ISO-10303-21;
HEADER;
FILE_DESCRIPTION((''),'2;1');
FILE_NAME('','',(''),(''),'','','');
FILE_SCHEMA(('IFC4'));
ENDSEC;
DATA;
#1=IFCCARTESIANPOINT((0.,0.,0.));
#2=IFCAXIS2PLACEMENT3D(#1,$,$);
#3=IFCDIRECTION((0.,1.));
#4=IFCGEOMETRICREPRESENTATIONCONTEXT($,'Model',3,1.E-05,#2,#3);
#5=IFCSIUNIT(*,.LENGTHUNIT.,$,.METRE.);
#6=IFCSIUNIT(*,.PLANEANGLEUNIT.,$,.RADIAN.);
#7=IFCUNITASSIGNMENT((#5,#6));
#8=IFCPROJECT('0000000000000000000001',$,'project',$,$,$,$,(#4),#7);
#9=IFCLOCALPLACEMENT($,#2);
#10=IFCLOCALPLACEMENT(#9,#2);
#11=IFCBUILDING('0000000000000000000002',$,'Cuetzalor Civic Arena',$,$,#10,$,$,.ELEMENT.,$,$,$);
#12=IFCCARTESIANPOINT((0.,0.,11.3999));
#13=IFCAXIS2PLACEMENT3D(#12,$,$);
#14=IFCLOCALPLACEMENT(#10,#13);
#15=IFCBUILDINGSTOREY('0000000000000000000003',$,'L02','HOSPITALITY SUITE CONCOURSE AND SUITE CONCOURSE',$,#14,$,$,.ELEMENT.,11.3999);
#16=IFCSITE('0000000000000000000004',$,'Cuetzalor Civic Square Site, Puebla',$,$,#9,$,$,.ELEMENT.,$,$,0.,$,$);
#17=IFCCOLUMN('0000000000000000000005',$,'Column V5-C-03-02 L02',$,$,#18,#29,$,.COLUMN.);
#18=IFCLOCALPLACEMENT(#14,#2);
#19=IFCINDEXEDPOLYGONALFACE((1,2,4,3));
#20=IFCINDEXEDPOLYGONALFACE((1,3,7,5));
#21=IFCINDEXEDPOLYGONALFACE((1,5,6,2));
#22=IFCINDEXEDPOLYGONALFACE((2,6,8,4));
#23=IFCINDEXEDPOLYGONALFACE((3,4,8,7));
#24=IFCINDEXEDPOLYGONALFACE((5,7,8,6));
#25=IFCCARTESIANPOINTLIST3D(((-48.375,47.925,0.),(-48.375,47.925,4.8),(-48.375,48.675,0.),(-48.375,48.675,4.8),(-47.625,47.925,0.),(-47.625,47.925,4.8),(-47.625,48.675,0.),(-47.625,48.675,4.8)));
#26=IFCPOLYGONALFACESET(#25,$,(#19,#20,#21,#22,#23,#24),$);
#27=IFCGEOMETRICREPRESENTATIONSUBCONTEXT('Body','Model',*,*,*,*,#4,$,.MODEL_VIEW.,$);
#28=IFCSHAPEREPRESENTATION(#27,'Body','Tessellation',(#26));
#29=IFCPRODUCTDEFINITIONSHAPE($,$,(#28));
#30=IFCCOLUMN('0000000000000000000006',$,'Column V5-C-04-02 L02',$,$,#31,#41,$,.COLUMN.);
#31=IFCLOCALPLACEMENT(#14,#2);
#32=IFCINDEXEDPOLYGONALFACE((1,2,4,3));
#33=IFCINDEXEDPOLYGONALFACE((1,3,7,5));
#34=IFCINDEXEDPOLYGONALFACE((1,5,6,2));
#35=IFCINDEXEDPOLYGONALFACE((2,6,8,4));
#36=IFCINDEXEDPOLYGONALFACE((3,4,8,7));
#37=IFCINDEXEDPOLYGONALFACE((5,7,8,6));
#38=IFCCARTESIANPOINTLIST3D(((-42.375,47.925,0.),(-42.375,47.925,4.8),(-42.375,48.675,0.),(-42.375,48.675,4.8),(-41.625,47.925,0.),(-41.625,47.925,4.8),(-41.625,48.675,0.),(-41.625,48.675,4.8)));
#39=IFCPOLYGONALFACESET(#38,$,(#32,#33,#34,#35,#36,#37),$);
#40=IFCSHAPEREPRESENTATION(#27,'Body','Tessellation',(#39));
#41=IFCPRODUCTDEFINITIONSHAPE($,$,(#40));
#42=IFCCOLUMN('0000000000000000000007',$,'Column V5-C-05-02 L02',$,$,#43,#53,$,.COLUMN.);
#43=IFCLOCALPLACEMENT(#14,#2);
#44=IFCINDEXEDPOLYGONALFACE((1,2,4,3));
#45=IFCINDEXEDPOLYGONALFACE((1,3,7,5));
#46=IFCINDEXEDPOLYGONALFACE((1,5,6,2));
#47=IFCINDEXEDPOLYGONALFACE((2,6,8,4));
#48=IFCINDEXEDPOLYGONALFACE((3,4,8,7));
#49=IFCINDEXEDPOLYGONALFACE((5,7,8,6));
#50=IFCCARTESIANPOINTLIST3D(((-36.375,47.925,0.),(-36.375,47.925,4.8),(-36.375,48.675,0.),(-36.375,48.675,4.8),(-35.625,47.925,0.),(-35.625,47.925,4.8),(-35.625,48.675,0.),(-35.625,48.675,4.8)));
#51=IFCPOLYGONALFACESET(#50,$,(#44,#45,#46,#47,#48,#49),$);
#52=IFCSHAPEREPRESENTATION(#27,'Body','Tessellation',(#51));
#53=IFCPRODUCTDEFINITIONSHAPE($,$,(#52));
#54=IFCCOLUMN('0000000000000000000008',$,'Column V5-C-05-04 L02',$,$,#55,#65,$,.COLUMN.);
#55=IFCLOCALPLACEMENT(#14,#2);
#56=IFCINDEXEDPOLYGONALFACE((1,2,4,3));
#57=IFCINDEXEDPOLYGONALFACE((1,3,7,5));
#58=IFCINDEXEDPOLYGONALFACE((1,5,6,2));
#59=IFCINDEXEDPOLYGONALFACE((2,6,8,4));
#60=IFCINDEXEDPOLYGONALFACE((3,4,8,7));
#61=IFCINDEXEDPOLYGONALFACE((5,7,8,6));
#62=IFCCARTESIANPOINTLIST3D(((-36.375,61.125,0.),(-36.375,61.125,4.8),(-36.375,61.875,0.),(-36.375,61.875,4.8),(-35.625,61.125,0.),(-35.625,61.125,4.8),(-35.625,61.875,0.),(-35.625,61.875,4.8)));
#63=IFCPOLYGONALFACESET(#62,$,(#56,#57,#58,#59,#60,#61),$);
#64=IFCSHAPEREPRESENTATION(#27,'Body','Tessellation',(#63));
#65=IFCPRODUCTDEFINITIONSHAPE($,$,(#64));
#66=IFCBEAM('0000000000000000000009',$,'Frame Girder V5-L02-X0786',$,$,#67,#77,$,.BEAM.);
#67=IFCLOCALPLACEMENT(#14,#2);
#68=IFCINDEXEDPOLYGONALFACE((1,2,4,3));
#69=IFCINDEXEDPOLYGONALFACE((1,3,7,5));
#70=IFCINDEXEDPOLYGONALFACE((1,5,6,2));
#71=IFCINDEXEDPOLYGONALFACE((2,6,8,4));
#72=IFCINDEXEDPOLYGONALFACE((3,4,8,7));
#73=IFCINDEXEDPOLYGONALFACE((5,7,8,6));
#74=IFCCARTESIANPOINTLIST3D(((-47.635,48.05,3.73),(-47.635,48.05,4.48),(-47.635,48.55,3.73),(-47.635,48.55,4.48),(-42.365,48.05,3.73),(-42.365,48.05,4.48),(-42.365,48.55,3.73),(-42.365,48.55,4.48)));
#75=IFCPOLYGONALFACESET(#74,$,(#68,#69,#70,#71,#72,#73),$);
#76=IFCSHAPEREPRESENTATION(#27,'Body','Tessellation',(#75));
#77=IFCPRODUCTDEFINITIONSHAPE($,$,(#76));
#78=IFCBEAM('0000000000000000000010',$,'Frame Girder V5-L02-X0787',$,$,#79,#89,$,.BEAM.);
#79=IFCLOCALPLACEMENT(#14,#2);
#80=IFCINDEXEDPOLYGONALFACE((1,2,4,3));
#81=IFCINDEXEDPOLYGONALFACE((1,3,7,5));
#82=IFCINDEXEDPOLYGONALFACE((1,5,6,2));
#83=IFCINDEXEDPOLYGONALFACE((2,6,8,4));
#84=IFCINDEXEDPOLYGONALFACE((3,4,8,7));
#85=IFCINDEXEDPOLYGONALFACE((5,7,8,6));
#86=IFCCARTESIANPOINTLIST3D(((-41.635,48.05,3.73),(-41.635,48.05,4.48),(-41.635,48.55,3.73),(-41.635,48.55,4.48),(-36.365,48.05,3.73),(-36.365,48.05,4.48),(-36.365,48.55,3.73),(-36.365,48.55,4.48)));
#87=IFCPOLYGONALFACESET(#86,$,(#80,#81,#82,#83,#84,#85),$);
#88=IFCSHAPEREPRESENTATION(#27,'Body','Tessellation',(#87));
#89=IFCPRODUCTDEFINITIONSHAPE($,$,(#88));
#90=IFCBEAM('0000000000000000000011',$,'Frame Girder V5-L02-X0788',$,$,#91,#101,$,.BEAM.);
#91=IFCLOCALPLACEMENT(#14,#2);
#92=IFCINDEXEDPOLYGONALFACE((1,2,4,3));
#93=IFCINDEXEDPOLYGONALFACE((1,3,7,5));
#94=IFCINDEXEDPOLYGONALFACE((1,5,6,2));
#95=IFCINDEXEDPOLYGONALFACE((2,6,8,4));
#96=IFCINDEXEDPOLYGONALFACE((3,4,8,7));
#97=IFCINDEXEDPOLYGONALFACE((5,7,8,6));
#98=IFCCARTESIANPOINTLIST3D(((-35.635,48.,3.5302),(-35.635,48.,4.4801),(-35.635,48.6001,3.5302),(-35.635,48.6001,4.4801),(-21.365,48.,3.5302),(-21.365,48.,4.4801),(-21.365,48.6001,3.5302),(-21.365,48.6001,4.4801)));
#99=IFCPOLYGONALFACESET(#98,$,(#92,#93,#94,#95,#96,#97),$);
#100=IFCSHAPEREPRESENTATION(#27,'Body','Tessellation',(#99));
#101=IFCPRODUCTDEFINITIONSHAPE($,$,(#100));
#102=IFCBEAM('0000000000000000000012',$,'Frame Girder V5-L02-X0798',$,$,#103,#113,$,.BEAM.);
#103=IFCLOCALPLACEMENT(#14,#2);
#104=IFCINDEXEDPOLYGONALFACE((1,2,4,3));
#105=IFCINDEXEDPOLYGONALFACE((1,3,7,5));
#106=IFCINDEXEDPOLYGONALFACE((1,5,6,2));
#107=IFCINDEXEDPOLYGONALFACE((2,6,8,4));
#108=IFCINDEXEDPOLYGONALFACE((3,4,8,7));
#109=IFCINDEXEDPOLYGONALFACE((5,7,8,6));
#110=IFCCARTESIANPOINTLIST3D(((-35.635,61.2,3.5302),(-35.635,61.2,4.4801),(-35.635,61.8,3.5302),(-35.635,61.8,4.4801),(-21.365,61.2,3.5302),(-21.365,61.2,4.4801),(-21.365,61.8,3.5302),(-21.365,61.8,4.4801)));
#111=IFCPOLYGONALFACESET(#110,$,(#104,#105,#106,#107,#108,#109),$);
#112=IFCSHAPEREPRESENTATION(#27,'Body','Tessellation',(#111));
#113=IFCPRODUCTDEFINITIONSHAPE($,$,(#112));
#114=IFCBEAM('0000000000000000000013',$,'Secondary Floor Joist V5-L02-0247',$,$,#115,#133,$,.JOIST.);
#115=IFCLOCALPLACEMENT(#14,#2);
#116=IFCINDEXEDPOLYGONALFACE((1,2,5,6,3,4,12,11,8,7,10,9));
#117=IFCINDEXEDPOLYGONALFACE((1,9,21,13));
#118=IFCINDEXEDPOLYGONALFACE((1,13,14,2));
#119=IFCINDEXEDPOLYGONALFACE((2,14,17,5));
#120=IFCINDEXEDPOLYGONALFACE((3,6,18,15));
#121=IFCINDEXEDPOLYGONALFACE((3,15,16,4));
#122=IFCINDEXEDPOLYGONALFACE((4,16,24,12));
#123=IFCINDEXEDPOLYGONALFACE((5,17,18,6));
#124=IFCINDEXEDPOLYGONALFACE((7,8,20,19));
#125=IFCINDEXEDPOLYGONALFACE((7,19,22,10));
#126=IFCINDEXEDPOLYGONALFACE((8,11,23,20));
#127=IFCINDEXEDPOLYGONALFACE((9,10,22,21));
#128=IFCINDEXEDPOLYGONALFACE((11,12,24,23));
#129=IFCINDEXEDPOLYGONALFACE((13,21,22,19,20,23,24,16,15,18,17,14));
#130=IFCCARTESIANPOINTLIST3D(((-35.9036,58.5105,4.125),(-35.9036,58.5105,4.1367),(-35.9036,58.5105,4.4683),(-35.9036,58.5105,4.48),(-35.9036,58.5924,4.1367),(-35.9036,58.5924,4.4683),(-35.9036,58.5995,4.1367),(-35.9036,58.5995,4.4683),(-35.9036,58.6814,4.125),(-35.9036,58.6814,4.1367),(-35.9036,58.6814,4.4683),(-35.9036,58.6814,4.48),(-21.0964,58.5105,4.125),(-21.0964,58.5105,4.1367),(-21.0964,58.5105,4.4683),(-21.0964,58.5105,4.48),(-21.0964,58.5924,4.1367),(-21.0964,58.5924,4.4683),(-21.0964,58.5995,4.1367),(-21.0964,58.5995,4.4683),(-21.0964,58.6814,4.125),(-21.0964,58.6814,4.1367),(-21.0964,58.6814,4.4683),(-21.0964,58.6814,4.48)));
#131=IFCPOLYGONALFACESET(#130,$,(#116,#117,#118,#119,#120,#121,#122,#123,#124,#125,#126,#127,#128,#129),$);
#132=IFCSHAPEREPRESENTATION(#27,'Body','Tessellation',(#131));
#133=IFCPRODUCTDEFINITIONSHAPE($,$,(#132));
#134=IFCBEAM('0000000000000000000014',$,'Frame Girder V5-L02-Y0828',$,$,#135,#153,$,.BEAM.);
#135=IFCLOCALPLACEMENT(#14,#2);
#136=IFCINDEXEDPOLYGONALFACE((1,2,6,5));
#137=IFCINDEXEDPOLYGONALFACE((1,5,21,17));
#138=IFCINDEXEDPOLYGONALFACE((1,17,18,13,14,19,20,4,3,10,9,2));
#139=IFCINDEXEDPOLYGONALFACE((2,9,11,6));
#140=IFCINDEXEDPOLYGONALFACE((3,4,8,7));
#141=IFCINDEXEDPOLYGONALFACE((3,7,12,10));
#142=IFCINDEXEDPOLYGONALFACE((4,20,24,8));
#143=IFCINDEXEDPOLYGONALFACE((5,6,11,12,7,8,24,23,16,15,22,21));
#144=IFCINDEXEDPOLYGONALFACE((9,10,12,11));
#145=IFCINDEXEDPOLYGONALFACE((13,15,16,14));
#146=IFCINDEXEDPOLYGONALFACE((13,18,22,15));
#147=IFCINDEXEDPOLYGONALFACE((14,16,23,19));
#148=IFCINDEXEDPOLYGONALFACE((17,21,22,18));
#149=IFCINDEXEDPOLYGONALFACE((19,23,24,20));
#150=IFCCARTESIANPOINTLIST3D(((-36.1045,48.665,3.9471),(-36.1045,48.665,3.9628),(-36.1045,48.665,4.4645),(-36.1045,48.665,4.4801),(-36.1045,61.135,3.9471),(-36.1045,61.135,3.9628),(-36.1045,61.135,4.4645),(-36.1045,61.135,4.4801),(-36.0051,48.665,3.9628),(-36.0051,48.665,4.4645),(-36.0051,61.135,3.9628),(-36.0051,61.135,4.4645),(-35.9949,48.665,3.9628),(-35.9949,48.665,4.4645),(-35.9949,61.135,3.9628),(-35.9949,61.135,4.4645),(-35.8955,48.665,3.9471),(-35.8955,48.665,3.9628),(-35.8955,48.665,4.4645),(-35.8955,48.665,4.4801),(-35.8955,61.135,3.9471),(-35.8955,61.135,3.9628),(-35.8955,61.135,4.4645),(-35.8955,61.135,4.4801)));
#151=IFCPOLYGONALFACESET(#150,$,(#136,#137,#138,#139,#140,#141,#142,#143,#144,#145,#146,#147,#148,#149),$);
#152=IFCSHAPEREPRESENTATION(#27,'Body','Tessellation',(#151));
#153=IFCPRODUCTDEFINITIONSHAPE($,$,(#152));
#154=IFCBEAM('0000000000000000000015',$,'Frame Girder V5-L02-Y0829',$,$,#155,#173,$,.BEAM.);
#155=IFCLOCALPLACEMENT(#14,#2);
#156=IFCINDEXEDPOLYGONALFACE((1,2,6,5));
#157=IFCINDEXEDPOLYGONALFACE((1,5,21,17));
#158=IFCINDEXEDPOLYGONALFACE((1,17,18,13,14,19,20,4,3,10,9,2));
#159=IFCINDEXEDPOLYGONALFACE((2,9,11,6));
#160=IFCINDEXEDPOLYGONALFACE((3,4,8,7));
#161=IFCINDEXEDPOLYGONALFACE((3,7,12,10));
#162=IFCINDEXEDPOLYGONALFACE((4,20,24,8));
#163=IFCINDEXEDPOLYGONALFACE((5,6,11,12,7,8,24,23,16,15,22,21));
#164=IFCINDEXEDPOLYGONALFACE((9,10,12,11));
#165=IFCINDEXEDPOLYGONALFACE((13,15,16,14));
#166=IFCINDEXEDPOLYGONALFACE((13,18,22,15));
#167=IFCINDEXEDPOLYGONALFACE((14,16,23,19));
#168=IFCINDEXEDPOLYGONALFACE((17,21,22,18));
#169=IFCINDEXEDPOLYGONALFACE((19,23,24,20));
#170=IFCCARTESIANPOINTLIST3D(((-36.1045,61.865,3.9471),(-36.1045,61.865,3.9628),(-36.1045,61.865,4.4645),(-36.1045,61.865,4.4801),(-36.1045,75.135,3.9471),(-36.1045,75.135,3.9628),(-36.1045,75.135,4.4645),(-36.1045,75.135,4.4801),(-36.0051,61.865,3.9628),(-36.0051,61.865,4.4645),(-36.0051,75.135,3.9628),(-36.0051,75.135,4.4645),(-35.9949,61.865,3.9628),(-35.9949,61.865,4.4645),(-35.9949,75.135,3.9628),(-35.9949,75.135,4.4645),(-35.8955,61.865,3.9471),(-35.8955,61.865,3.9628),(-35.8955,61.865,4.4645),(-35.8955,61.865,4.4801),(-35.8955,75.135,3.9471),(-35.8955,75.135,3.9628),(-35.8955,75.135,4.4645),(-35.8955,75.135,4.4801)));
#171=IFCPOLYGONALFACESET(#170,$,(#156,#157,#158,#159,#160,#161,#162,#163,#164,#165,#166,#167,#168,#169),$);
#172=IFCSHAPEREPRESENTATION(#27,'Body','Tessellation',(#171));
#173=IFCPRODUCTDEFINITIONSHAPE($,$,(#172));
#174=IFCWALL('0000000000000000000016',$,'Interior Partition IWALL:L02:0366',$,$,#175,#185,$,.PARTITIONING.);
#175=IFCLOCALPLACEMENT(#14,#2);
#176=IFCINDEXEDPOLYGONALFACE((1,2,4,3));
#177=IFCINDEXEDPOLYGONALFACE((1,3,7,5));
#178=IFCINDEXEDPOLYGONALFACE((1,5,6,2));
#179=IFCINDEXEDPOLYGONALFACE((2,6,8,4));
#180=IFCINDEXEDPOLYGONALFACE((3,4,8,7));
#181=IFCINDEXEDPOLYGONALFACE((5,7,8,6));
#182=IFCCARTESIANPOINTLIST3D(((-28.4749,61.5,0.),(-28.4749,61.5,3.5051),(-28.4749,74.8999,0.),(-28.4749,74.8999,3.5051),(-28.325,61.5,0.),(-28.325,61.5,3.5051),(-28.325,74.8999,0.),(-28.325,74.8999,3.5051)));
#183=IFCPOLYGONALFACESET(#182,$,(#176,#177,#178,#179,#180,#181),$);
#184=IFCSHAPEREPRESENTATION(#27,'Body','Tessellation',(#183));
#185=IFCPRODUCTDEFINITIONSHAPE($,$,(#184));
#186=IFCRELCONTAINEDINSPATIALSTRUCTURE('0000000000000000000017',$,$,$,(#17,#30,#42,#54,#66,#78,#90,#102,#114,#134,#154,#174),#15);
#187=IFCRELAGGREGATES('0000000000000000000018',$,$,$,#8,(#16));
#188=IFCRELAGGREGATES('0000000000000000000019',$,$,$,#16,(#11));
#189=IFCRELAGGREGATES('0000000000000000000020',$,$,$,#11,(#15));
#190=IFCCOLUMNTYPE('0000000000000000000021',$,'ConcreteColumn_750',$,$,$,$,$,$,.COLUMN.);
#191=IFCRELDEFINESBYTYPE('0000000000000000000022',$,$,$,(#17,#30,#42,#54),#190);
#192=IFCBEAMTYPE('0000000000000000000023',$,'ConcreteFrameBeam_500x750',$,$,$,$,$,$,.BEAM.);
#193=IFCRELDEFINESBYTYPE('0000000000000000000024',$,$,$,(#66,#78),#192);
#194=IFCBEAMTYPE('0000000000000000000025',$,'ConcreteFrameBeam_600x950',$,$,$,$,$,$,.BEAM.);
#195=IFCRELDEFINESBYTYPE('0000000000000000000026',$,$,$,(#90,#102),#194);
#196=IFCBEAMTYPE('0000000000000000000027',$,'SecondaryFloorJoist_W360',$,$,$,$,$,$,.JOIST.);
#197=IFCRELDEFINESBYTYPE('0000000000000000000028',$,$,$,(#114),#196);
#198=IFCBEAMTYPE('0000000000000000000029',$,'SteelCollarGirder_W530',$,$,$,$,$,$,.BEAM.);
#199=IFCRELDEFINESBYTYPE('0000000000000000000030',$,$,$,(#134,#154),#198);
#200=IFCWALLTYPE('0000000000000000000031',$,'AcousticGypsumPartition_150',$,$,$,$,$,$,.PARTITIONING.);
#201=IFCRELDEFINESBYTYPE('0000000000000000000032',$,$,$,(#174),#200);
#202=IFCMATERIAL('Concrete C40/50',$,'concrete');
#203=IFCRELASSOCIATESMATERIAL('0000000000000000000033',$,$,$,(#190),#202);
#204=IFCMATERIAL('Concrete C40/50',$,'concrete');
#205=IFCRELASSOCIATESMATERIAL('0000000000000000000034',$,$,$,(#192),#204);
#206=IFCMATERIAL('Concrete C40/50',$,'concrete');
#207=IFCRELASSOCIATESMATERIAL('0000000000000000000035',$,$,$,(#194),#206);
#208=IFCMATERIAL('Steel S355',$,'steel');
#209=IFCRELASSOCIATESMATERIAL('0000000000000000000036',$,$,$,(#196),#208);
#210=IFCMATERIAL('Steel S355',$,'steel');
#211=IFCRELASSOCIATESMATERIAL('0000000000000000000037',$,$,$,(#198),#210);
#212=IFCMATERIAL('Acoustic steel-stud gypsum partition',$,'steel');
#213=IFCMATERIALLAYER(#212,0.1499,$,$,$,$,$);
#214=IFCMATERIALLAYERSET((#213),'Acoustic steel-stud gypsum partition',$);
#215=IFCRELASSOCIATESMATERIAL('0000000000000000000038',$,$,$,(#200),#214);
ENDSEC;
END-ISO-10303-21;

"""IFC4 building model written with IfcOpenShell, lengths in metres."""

from ifc_helpers import new_model, si_unit, direction, frame, frame_2d, origin, origin_2d, place, context, subcontext, project, spatial, rectangle, i_section, extrude, material, layer, layer_set, material_profile, profile_set, type_object, element, save


model = new_model("IFC4")

# Units and contexts
model_context = context("Model", 3, precision=1e-05, world=origin(), true_north=direction((0.0, 1.0)))
body_context = subcontext(model_context, "Body", "Model", "MODEL_VIEW")
ifc_project = project(units=[si_unit("LENGTHUNIT", "METRE"), si_unit("PLANEANGLEUNIT", "RADIAN")], contexts=[model_context])

# Site, building, storey
site_placement = place(None, origin())
site = spatial("IfcSite", under=ifc_project, at=site_placement, Name="Cuetzalor Civic Square Site, Puebla", CompositionType="ELEMENT", RefElevation=0.0)
building_placement = place(site_placement, origin())
building = spatial("IfcBuilding", under=site, at=building_placement, Name="Cuetzalor Civic Arena", CompositionType="ELEMENT")
storey_placement = place(building_placement, frame((0.0, 0.0, 11.3999)))
storey = spatial("IfcBuildingStorey", under=building, at=storey_placement, Name="L02", Description="HOSPITALITY SUITE CONCOURSE AND SUITE CONCOURSE", CompositionType="ELEMENT", Elevation=11.3999)

# Columns
ifc_material_1 = material(Name="Concrete C40/50", Category="concrete")
ifc_material_profile_1 = material_profile(ifc_material_1, rectangle(XDim=0.75, YDim=0.75, at=origin_2d()), Name="RC 750x750")
ifc_profile_set_1 = profile_set([ifc_material_profile_1], Name="Concrete C40/50")
column_type = type_object("IfcColumnType", Name="ConcreteColumn_750", PredefinedType="COLUMN", material=ifc_profile_set_1)
for number, where, z_axis, x_axis, name in (
    (1, (-48.0, 48.3, 0.0), (0.0, 0.0, 1.0), (1.0, 0.0, 0.0), "Column V5-C-03-02 L02"),
    (2, (-42.0, 48.3, 0.0), (0.0, 0.0, 1.0), (1.0, 0.0, 0.0), "Column V5-C-04-02 L02"),
    (3, (-36.0, 48.3, 0.0), (0.0, 0.0, 1.0), (1.0, 0.0, 0.0), "Column V5-C-05-02 L02"),
    (4, (-36.0, 61.5, 0.0), (0.0, 0.0, 1.0), (1.0, 0.0, 0.0), "Column V5-C-05-04 L02"),
):
    element("IfcColumn", number, at=place(storey_placement, frame(where, z_axis=z_axis, x_axis=x_axis)), inside=storey, type_object=column_type, Name=name, PredefinedType="COLUMN", context=body_context, shape_type="SweptSolid", body=[
        extrude(rectangle(XDim=0.75, YDim=0.75, at=origin_2d()), origin(), (0.0, 0.0, 1.0), 4.8),
    ])

# Beams
ifc_material_2 = material(Name="Concrete C40/50", Category="concrete")
ifc_material_profile_2 = material_profile(ifc_material_2, rectangle(XDim=0.5, YDim=0.75, at=origin_2d()), Name="RC 500x750")
ifc_profile_set_2 = profile_set([ifc_material_profile_2], Name="Concrete C40/50")
beam_type_1 = type_object("IfcBeamType", Name="ConcreteFrameBeam_500x750", PredefinedType="BEAM", material=ifc_profile_set_2)
for number, where, z_axis, x_axis, name in (
    (5, (-47.635, 48.3, 4.105), (1.0, 0.0, 0.0), (0.0, 1.0, 0.0), "Frame Girder V5-L02-X0786"),
    (6, (-41.635, 48.3, 4.105), (1.0, 0.0, 0.0), (0.0, 1.0, 0.0), "Frame Girder V5-L02-X0787"),
):
    element("IfcBeam", number, at=place(storey_placement, frame(where, z_axis=z_axis, x_axis=x_axis)), inside=storey, type_object=beam_type_1, Name=name, PredefinedType="BEAM", context=body_context, shape_type="SweptSolid", body=[
        extrude(rectangle(XDim=0.5, YDim=0.75, at=origin_2d()), origin(), (0.0, 0.0, 1.0), 5.27),
    ])
ifc_material_3 = material(Name="Concrete C40/50", Category="concrete")
ifc_material_profile_3 = material_profile(ifc_material_3, rectangle(XDim=0.6001, YDim=0.95, at=origin_2d()), Name="RC 600x950")
ifc_profile_set_3 = profile_set([ifc_material_profile_3], Name="Concrete C40/50")
beam_type_2 = type_object("IfcBeamType", Name="ConcreteFrameBeam_600x950", PredefinedType="BEAM", material=ifc_profile_set_3)
for number, where, z_axis, x_axis, name in (
    (7, (-35.635, 48.3, 4.0051), (1.0, 0.0, 0.0), (0.0, 1.0, 0.0), "Frame Girder V5-L02-X0788"),
    (8, (-35.635, 61.5, 4.0051), (1.0, 0.0, 0.0), (0.0, 1.0, 0.0), "Frame Girder V5-L02-X0798"),
):
    element("IfcBeam", number, at=place(storey_placement, frame(where, z_axis=z_axis, x_axis=x_axis)), inside=storey, type_object=beam_type_2, Name=name, PredefinedType="BEAM", context=body_context, shape_type="SweptSolid", body=[
        extrude(rectangle(XDim=0.6001, YDim=0.95, at=origin_2d()), origin(), (0.0, 0.0, 1.0), 14.27),
    ])
ifc_material_4 = material(Name="Steel S355", Category="steel")
ifc_material_profile_4 = material_profile(ifc_material_4, i_section(OverallWidth=0.1709, OverallDepth=0.355, WebThickness=0.0071, FlangeThickness=0.0117, at=origin_2d()), Name="W360x51")
ifc_profile_set_4 = profile_set([ifc_material_profile_4], Name="Steel S355")
beam_type_3 = type_object("IfcBeamType", Name="SecondaryFloorJoist_W360", PredefinedType="JOIST", material=ifc_profile_set_4)
beam_1_placement = place(storey_placement, frame((-35.9036, 58.5959, 4.3025), z_axis=(1.0, 0.0, 0.0), x_axis=(0.0, 1.0, 0.0)))
element("IfcBeam", 9, at=beam_1_placement, inside=storey, type_object=beam_type_3, Name="Secondary Floor Joist V5-L02-0247", PredefinedType="JOIST", context=body_context, shape_type="SweptSolid", body=[
    extrude(i_section(OverallWidth=0.1709, OverallDepth=0.355, WebThickness=0.0071, FlangeThickness=0.0117, at=origin_2d()), origin(), (0.0, 0.0, 1.0), 14.8071),
])
ifc_material_5 = material(Name="Steel S355", Category="steel")
ifc_material_profile_5 = material_profile(ifc_material_5, i_section(OverallWidth=0.209, OverallDepth=0.533, WebThickness=0.0103, FlangeThickness=0.0156, at=origin_2d()), Name="W530x92")
ifc_profile_set_5 = profile_set([ifc_material_profile_5], Name="Steel S355")
beam_type_4 = type_object("IfcBeamType", Name="SteelCollarGirder_W530", PredefinedType="BEAM", material=ifc_profile_set_5)
beam_2_placement = place(storey_placement, frame((-36.0, 48.665, 4.2136), z_axis=(0.0, 1.0, 0.0), x_axis=(-1.0, 0.0, 0.0)))
element("IfcBeam", 10, at=beam_2_placement, inside=storey, type_object=beam_type_4, Name="Frame Girder V5-L02-Y0828", PredefinedType="BEAM", context=body_context, shape_type="SweptSolid", body=[
    extrude(i_section(OverallWidth=0.209, OverallDepth=0.533, WebThickness=0.0103, FlangeThickness=0.0156, at=origin_2d()), origin(), (0.0, 0.0, 1.0), 12.47),
])
beam_3_placement = place(storey_placement, frame((-36.0, 61.865, 4.2136), z_axis=(0.0, 1.0, 0.0), x_axis=(-1.0, 0.0, 0.0)))
element("IfcBeam", 11, at=beam_3_placement, inside=storey, type_object=beam_type_4, Name="Frame Girder V5-L02-Y0829", PredefinedType="BEAM", context=body_context, shape_type="SweptSolid", body=[
    extrude(i_section(OverallWidth=0.209, OverallDepth=0.533, WebThickness=0.0103, FlangeThickness=0.0156, at=origin_2d()), origin(), (0.0, 0.0, 1.0), 13.27),
])

# Wall
ifc_material_6 = material(Name="Acoustic steel-stud gypsum partition", Category="steel")
ifc_layer_1 = layer(ifc_material_6, 0.1499)
ifc_layer_set_1 = layer_set([ifc_layer_1], Name="Acoustic steel-stud gypsum partition")
wall_type_1 = type_object("IfcWallType", Name="AcousticGypsumPartition_150", PredefinedType="PARTITIONING", material=ifc_layer_set_1)
wall_1_placement = place(storey_placement, frame((-28.3999, 61.5, 0.0), z_axis=(0.0, 0.0, 1.0), x_axis=(0.0, 1.0, 0.0)))
element("IfcWall", 12, at=wall_1_placement, inside=storey, type_object=wall_type_1, Name="Interior Partition IWALL:L02:0366", PredefinedType="PARTITIONING", context=body_context, shape_type="SweptSolid", body=[
    extrude(rectangle(XDim=13.3999, YDim=0.1499, at=frame_2d((6.7, 0.0))), origin(), (0.0, 0.0, 1.0), 3.5051),
])

save(model, "model.ifc")
